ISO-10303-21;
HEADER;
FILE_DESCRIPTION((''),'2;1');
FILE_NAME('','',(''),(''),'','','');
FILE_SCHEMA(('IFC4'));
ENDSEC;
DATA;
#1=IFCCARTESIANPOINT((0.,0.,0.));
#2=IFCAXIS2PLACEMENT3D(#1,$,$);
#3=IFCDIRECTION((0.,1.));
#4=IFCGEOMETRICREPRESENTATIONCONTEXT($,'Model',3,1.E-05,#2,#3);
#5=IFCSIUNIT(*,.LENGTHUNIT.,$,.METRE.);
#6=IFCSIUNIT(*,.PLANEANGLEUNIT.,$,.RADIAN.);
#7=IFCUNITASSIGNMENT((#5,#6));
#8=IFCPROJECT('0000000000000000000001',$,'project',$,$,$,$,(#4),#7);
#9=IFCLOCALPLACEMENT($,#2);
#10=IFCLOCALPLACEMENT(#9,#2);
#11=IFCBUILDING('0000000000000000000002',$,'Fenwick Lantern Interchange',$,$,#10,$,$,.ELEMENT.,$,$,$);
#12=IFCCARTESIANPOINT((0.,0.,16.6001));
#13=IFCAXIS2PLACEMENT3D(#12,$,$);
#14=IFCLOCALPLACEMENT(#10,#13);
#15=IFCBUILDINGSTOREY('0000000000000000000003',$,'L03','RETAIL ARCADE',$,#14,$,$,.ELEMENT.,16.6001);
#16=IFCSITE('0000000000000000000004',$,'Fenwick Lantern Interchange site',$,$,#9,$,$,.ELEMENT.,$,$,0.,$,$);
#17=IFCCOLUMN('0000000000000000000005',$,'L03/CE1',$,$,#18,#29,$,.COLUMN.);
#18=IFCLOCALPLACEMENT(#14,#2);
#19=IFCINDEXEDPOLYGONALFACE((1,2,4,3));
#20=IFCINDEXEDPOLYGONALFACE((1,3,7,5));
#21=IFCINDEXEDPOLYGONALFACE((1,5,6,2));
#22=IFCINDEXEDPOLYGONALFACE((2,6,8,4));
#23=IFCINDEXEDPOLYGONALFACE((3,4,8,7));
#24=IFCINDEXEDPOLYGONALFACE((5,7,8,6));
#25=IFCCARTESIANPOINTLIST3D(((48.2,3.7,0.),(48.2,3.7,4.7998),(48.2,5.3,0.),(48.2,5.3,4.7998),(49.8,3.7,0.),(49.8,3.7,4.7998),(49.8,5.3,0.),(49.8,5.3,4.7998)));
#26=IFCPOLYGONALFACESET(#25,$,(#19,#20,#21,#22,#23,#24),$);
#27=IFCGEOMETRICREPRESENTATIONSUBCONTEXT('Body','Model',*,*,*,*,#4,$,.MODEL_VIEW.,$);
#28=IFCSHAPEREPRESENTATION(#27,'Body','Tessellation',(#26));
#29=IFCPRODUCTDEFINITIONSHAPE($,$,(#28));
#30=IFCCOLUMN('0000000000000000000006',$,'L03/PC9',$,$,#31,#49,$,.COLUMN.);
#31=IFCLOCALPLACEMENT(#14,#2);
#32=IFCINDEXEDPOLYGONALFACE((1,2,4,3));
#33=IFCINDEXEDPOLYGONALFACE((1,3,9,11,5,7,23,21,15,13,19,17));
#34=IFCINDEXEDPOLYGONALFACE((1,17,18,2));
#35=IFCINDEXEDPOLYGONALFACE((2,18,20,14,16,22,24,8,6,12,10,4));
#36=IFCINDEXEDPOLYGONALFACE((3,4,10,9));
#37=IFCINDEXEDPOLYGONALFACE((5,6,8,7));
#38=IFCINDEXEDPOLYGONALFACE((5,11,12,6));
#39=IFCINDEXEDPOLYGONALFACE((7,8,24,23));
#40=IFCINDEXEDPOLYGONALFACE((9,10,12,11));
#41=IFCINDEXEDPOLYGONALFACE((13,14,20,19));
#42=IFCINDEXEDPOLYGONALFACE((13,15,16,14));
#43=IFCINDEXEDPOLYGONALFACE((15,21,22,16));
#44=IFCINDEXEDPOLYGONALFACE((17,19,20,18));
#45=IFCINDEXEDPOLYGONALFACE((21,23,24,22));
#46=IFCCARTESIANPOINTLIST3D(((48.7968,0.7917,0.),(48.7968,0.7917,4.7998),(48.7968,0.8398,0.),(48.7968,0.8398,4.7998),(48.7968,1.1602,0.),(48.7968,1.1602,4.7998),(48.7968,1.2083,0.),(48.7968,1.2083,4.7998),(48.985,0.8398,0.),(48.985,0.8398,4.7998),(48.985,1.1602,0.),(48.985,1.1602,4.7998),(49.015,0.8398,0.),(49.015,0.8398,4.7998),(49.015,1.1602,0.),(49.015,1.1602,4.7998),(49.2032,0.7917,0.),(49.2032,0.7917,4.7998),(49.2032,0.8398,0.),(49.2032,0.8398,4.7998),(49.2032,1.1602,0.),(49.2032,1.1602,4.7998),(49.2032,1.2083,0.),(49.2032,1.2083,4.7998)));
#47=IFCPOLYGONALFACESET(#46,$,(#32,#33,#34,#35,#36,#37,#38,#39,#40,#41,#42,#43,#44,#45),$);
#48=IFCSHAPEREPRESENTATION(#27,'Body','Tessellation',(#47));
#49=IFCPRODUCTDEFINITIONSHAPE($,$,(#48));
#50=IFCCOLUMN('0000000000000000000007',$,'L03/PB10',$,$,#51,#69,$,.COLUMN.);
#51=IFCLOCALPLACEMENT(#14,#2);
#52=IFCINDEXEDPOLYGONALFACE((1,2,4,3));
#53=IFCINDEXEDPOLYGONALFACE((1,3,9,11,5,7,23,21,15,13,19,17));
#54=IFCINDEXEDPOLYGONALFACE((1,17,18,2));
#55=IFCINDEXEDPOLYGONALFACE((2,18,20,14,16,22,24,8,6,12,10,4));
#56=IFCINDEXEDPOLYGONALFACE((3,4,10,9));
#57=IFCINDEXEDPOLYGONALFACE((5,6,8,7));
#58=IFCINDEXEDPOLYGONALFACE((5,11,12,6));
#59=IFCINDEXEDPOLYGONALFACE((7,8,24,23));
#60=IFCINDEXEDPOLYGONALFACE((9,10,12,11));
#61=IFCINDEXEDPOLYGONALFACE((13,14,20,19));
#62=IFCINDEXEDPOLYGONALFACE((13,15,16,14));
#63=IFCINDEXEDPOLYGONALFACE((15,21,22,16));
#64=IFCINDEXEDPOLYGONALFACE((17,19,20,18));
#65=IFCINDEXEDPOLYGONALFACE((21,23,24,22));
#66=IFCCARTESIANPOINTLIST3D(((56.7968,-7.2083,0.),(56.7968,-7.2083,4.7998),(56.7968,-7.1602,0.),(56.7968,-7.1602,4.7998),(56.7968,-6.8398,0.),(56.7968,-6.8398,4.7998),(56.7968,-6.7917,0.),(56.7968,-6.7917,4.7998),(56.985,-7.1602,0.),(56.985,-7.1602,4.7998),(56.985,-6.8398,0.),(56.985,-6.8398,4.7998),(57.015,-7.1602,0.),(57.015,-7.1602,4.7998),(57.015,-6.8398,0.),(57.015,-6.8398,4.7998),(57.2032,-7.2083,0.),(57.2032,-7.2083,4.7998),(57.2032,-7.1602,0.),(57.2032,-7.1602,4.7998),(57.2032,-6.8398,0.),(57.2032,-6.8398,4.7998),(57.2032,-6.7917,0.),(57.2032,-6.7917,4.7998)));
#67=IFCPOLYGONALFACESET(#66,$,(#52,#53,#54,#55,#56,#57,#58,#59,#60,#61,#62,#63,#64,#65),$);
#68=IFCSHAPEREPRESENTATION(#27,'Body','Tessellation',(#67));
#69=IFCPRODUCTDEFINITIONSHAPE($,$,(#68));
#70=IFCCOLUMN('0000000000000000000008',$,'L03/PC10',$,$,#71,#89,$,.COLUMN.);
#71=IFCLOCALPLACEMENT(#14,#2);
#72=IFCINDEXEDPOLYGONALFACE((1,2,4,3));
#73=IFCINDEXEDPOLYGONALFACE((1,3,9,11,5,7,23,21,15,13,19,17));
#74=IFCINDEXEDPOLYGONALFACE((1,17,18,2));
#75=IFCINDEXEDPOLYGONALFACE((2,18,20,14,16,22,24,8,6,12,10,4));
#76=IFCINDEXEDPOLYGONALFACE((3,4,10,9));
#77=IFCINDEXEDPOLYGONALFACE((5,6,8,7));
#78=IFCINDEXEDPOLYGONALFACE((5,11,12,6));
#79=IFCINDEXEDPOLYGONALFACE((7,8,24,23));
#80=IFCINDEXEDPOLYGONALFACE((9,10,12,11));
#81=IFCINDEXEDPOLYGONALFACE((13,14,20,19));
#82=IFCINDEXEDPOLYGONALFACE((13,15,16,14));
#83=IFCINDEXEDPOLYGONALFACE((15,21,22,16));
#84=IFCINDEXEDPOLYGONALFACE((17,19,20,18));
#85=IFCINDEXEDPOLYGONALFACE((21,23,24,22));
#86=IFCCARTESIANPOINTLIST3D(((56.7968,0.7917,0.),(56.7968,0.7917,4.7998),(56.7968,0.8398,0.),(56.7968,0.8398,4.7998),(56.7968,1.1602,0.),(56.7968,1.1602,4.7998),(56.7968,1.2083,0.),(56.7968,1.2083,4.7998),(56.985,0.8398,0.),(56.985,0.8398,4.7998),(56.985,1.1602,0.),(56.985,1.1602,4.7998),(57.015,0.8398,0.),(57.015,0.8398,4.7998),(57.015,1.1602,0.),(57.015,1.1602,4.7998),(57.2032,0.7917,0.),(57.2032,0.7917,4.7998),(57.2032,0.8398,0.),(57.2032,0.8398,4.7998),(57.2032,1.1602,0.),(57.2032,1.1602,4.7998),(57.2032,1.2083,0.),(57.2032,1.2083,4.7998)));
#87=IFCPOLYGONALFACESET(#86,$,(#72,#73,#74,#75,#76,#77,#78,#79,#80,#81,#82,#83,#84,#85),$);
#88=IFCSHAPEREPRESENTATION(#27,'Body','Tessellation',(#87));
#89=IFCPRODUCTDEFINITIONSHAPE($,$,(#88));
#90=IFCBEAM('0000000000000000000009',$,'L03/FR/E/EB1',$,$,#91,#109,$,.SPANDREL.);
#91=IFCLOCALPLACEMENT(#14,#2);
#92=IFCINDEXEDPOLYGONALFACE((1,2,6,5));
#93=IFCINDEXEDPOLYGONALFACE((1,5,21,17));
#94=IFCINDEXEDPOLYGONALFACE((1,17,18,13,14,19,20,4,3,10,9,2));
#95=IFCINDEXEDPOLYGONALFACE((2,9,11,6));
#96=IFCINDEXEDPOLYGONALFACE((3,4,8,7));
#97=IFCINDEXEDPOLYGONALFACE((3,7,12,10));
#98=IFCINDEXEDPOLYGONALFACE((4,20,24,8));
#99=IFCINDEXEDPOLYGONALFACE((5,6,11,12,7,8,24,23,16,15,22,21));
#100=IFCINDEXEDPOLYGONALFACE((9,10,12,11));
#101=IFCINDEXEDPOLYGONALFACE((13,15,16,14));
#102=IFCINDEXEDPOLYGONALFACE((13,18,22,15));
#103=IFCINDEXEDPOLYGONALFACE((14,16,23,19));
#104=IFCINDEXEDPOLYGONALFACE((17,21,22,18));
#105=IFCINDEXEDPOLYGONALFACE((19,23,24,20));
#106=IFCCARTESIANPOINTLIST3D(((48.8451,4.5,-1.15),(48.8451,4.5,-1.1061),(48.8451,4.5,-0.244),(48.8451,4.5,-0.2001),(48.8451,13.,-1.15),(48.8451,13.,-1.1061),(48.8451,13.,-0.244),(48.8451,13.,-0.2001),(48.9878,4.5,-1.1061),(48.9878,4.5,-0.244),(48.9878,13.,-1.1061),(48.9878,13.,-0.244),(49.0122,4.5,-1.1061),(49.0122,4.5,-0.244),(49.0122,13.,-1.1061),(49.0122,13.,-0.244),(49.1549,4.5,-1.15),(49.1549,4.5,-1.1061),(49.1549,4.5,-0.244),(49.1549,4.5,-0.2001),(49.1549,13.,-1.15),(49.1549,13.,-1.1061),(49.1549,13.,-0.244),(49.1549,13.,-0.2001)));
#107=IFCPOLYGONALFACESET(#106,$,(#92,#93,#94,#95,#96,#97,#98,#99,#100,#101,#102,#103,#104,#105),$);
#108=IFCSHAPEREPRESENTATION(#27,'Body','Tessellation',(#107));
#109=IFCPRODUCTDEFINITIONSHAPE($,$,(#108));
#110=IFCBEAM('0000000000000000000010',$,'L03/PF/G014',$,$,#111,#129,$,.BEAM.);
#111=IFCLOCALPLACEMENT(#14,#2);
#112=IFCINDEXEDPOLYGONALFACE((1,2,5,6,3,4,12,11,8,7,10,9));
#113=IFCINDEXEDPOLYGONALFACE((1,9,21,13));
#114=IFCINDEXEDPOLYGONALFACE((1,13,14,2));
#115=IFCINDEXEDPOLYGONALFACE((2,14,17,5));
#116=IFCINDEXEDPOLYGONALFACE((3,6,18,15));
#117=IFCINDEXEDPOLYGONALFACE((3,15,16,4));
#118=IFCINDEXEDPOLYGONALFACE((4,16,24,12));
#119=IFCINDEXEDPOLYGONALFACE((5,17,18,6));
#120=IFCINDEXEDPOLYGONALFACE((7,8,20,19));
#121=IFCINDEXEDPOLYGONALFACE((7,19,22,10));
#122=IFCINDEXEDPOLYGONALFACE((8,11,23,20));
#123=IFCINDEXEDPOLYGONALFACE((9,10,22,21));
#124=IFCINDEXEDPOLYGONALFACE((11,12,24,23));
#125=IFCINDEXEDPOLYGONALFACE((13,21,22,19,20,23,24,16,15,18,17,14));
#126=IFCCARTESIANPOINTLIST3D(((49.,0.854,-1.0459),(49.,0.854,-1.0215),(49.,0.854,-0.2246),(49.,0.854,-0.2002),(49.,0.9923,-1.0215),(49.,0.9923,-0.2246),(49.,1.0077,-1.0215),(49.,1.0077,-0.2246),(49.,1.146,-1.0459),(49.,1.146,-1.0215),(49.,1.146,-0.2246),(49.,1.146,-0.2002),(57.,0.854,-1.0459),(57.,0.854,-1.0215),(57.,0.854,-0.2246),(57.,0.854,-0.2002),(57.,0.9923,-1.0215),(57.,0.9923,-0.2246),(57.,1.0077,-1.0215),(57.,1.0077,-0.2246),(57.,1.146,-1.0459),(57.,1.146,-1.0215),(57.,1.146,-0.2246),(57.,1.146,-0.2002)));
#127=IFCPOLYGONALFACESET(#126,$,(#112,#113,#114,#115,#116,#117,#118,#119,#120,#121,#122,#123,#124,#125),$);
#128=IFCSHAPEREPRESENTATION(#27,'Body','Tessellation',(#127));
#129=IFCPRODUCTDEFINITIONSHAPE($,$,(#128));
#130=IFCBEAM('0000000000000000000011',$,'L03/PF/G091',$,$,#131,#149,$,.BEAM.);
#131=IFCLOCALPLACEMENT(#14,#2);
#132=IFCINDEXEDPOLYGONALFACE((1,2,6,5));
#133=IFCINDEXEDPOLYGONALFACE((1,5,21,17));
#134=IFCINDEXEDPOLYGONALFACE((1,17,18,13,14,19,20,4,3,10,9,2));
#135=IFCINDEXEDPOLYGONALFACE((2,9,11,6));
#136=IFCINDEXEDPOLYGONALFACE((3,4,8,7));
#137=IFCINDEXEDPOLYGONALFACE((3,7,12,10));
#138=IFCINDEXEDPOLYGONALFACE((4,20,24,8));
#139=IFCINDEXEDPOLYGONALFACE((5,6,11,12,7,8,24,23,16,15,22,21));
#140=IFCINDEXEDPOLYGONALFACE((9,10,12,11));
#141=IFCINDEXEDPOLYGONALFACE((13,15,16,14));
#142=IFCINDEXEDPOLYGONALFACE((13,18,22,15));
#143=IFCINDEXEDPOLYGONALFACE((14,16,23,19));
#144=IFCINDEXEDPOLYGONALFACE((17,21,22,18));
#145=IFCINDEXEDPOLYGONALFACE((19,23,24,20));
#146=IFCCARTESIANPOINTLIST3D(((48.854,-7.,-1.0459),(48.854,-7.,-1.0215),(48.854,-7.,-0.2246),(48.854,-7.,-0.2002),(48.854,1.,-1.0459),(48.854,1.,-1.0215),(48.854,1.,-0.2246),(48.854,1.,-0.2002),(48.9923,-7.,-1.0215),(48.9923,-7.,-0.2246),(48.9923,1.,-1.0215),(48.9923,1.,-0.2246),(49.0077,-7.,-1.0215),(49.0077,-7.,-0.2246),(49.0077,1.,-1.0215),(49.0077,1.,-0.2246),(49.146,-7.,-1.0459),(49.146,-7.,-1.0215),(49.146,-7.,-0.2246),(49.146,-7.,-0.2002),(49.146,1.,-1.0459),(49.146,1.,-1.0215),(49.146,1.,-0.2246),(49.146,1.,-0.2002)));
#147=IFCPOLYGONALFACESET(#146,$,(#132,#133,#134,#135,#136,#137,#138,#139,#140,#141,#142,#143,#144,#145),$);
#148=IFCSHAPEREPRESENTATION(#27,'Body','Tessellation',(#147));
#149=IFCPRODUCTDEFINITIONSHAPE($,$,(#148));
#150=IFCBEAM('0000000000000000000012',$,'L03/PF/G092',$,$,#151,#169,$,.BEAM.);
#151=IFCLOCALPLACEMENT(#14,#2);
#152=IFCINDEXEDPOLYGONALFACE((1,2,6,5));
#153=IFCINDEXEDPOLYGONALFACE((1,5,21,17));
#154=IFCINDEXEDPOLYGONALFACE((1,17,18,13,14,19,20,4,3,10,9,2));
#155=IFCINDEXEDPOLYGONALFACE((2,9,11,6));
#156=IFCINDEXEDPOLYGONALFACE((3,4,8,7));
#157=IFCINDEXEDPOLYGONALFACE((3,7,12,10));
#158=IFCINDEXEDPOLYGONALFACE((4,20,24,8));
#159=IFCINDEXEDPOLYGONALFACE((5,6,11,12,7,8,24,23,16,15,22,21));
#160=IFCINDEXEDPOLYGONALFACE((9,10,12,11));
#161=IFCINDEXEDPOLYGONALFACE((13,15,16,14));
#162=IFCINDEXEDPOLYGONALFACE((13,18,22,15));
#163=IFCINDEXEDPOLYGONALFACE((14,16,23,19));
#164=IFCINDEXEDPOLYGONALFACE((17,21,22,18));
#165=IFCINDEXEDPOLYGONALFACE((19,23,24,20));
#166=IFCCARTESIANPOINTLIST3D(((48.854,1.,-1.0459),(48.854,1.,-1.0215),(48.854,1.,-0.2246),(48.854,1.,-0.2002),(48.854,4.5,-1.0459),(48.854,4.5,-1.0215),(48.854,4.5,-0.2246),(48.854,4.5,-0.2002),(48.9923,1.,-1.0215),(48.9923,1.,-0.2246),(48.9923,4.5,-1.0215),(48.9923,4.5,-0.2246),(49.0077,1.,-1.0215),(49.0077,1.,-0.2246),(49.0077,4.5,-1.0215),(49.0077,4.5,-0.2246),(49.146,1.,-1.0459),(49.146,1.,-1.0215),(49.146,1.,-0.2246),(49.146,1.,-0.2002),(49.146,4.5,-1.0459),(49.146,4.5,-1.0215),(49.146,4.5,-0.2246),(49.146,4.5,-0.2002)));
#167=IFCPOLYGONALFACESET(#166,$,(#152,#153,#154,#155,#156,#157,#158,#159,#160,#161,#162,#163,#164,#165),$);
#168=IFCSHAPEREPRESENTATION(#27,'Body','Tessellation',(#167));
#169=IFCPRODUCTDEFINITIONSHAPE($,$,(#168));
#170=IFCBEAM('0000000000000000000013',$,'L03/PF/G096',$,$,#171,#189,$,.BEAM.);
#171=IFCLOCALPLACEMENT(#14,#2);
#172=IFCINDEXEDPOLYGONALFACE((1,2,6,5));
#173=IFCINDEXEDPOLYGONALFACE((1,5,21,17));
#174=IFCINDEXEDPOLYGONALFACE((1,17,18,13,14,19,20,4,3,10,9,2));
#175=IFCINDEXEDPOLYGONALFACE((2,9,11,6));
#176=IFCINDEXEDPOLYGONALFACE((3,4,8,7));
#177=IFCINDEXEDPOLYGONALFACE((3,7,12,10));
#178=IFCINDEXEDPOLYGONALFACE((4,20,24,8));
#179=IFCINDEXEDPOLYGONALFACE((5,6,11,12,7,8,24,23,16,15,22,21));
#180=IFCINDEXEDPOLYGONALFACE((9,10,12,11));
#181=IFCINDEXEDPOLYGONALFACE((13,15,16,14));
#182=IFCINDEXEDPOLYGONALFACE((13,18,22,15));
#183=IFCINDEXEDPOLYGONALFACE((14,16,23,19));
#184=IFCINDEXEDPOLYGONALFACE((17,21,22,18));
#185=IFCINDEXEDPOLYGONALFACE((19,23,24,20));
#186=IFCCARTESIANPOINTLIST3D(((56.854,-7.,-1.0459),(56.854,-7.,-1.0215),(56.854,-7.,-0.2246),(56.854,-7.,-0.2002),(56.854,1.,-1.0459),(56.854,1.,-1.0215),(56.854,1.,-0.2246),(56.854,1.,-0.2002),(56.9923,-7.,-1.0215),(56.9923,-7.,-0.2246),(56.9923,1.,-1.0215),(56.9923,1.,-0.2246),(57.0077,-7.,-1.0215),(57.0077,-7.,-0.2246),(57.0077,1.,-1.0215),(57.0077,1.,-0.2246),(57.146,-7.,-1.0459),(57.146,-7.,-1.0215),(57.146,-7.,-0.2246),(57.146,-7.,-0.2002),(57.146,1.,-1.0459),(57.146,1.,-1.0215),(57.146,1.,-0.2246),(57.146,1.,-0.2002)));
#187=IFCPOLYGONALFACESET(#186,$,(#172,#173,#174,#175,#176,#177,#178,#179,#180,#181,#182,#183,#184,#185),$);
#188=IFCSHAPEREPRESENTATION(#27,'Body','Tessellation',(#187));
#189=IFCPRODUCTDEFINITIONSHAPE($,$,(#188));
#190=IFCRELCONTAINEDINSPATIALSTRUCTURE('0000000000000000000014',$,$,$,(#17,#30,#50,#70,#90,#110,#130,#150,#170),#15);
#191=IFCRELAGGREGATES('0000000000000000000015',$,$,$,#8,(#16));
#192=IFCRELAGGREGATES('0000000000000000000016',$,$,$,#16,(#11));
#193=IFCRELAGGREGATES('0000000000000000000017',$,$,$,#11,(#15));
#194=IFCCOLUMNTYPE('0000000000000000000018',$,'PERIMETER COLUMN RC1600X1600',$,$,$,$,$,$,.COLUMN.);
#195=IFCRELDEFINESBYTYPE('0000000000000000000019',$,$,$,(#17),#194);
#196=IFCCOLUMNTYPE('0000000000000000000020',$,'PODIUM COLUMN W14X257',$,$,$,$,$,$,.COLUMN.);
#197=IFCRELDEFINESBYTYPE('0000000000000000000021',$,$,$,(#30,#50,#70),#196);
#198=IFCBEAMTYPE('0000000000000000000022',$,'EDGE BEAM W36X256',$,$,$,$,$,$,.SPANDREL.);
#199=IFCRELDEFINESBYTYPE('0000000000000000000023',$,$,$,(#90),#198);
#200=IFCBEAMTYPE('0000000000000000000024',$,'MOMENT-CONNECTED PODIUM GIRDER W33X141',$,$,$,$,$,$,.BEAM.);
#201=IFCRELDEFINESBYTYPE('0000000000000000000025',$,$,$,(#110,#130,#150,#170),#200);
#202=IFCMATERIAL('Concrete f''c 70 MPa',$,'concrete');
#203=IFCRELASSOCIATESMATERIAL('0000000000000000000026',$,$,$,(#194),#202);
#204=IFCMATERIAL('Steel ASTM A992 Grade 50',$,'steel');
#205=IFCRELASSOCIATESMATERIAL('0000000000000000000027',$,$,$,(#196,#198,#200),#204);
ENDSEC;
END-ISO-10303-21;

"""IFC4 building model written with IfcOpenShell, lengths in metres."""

from ifc_helpers import new_model, si_unit, direction, frame, origin, origin_2d, place, context, subcontext, project, spatial, rectangle, i_section, extrude, material, material_profile, profile_set, type_object, element, save


model = new_model("IFC4")

# Units and contexts
model_context = context("Model", 3, precision=1e-05, world=origin(), true_north=direction((0.0, 1.0)))
body_context = subcontext(model_context, "Body", "Model", "MODEL_VIEW")
ifc_project = project(units=[si_unit("LENGTHUNIT", "METRE"), si_unit("PLANEANGLEUNIT", "RADIAN")], contexts=[model_context])

# Site, building, storey
site_placement = place(None, origin())
site = spatial("IfcSite", under=ifc_project, at=site_placement, Name="Fenwick Lantern Interchange site", CompositionType="ELEMENT", RefElevation=0.0)
building_placement = place(site_placement, origin())
building = spatial("IfcBuilding", under=site, at=building_placement, Name="Fenwick Lantern Interchange", CompositionType="ELEMENT")
storey_placement = place(building_placement, frame((0.0, 0.0, 16.6001)))
storey = spatial("IfcBuildingStorey", under=building, at=storey_placement, Name="L03", Description="RETAIL ARCADE", CompositionType="ELEMENT", Elevation=16.6001)

# Columns
ifc_material_1 = material(Name="Concrete f'c 70 MPa", Category="concrete")
ifc_material_profile_1 = material_profile(ifc_material_1, rectangle(XDim=1.6001, YDim=1.6001, at=origin_2d()), Name="RC1600X1600")
ifc_profile_set_1 = profile_set([ifc_material_profile_1], Name="Concrete f'c 70 MPa")
column_type_1 = type_object("IfcColumnType", Name="PERIMETER COLUMN RC1600X1600", PredefinedType="COLUMN", material=ifc_profile_set_1)
column_placement = place(storey_placement, frame((49.0, 4.5, 0.0), z_axis=(0.0, 0.0, 1.0), x_axis=(1.0, 0.0, 0.0)))
element("IfcColumn", 1, at=column_placement, inside=storey, type_object=column_type_1, Name="L03/CE1", PredefinedType="COLUMN", context=body_context, shape_type="SweptSolid", body=[
    extrude(rectangle(XDim=1.6001, YDim=1.6001, at=origin_2d()), origin(), (0.0, 0.0, 1.0), 4.7998),
])
ifc_material_2 = material(Name="Steel ASTM A992 Grade 50", Category="steel")
ifc_material_profile_2 = material_profile(ifc_material_2, i_section(OverallWidth=0.4065, OverallDepth=0.4165, WebThickness=0.03, FlangeThickness=0.0481, at=origin_2d()), Name="W14X257")
ifc_profile_set_2 = profile_set([ifc_material_profile_2], Name="Steel ASTM A992 Grade 50")
column_type_2 = type_object("IfcColumnType", Name="PODIUM COLUMN W14X257", PredefinedType="COLUMN", material=ifc_profile_set_2)
for number, where, z_axis, x_axis, name in (
    (2, (49.0, 1.0, 0.0), (0.0, 0.0, 1.0), (1.0, 0.0, 0.0), "L03/PC9"),
    (3, (57.0, -7.0, 0.0), (0.0, 0.0, 1.0), (1.0, 0.0, 0.0), "L03/PB10"),
    (4, (57.0, 1.0, 0.0), (0.0, 0.0, 1.0), (1.0, 0.0, 0.0), "L03/PC10"),
):
    element("IfcColumn", number, at=place(storey_placement, frame(where, z_axis=z_axis, x_axis=x_axis)), inside=storey, type_object=column_type_2, Name=name, PredefinedType="COLUMN", context=body_context, shape_type="SweptSolid", body=[
        extrude(i_section(OverallWidth=0.4065, OverallDepth=0.4165, WebThickness=0.03, FlangeThickness=0.0481, at=origin_2d()), origin(), (0.0, 0.0, 1.0), 4.7998),
    ])

# Beams
ifc_material_profile_3 = material_profile(ifc_material_2, i_section(OverallWidth=0.3098, OverallDepth=0.95, WebThickness=0.0244, FlangeThickness=0.0439, at=origin_2d()), Name="W36X256")
ifc_profile_set_3 = profile_set([ifc_material_profile_3], Name="Steel ASTM A992 Grade 50")
beam_type_1 = type_object("IfcBeamType", Name="EDGE BEAM W36X256", PredefinedType="SPANDREL", material=ifc_profile_set_3)
beam_1_placement = place(storey_placement, frame((49.0, 4.5, -0.675), z_axis=(0.0, 1.0, 0.0), x_axis=(-1.0, 0.0, 0.0)))
element("IfcBeam", 5, at=beam_1_placement, inside=storey, type_object=beam_type_1, Name="L03/FR/E/EB1", PredefinedType="SPANDREL", context=body_context, shape_type="SweptSolid", body=[
    extrude(i_section(OverallWidth=0.3098, OverallDepth=0.95, WebThickness=0.0244, FlangeThickness=0.0439, at=origin_2d()), origin(), (0.0, 0.0, 1.0), 8.5),
])
ifc_material_profile_4 = material_profile(ifc_material_2, i_section(OverallWidth=0.292, OverallDepth=0.8457, WebThickness=0.0154, FlangeThickness=0.0244, at=origin_2d()), Name="W33X141")
ifc_profile_set_4 = profile_set([ifc_material_profile_4], Name="Steel ASTM A992 Grade 50")
beam_type_2 = type_object("IfcBeamType", Name="MOMENT-CONNECTED PODIUM GIRDER W33X141", PredefinedType="BEAM", material=ifc_profile_set_4)
for number, where, z_axis, x_axis, name in (
    (6, (49.0, 1.0, -0.623), (1.0, 0.0, 0.0), (0.0, 1.0, 0.0), "L03/PF/G014"),
    (7, (49.0, -7.0, -0.623), (0.0, 1.0, 0.0), (-1.0, 0.0, 0.0), "L03/PF/G091"),
):
    element("IfcBeam", number, at=place(storey_placement, frame(where, z_axis=z_axis, x_axis=x_axis)), inside=storey, type_object=beam_type_2, Name=name, PredefinedType="BEAM", context=body_context, shape_type="SweptSolid", body=[
        extrude(i_section(OverallWidth=0.292, OverallDepth=0.8457, WebThickness=0.0154, FlangeThickness=0.0244, at=origin_2d()), origin(), (0.0, 0.0, 1.0), 8.0),
    ])
beam_2_placement = place(storey_placement, frame((49.0, 1.0, -0.623), z_axis=(0.0, 1.0, 0.0), x_axis=(-1.0, 0.0, 0.0)))
element("IfcBeam", 8, at=beam_2_placement, inside=storey, type_object=beam_type_2, Name="L03/PF/G092", PredefinedType="BEAM", context=body_context, shape_type="SweptSolid", body=[
    extrude(i_section(OverallWidth=0.292, OverallDepth=0.8457, WebThickness=0.0154, FlangeThickness=0.0244, at=origin_2d()), origin(), (0.0, 0.0, 1.0), 3.5),
])
for number, where, z_axis, x_axis, name in (
    (9, (57.0, -7.0, -0.623), (0.0, 1.0, 0.0), (-1.0, 0.0, 0.0), "L03/PF/G096"),
):
    element("IfcBeam", number, at=place(storey_placement, frame(where, z_axis=z_axis, x_axis=x_axis)), inside=storey, type_object=beam_type_2, Name=name, PredefinedType="BEAM", context=body_context, shape_type="SweptSolid", body=[
        extrude(i_section(OverallWidth=0.292, OverallDepth=0.8457, WebThickness=0.0154, FlangeThickness=0.0244, at=origin_2d()), origin(), (0.0, 0.0, 1.0), 8.0),
    ])

save(model, "model.ifc")
